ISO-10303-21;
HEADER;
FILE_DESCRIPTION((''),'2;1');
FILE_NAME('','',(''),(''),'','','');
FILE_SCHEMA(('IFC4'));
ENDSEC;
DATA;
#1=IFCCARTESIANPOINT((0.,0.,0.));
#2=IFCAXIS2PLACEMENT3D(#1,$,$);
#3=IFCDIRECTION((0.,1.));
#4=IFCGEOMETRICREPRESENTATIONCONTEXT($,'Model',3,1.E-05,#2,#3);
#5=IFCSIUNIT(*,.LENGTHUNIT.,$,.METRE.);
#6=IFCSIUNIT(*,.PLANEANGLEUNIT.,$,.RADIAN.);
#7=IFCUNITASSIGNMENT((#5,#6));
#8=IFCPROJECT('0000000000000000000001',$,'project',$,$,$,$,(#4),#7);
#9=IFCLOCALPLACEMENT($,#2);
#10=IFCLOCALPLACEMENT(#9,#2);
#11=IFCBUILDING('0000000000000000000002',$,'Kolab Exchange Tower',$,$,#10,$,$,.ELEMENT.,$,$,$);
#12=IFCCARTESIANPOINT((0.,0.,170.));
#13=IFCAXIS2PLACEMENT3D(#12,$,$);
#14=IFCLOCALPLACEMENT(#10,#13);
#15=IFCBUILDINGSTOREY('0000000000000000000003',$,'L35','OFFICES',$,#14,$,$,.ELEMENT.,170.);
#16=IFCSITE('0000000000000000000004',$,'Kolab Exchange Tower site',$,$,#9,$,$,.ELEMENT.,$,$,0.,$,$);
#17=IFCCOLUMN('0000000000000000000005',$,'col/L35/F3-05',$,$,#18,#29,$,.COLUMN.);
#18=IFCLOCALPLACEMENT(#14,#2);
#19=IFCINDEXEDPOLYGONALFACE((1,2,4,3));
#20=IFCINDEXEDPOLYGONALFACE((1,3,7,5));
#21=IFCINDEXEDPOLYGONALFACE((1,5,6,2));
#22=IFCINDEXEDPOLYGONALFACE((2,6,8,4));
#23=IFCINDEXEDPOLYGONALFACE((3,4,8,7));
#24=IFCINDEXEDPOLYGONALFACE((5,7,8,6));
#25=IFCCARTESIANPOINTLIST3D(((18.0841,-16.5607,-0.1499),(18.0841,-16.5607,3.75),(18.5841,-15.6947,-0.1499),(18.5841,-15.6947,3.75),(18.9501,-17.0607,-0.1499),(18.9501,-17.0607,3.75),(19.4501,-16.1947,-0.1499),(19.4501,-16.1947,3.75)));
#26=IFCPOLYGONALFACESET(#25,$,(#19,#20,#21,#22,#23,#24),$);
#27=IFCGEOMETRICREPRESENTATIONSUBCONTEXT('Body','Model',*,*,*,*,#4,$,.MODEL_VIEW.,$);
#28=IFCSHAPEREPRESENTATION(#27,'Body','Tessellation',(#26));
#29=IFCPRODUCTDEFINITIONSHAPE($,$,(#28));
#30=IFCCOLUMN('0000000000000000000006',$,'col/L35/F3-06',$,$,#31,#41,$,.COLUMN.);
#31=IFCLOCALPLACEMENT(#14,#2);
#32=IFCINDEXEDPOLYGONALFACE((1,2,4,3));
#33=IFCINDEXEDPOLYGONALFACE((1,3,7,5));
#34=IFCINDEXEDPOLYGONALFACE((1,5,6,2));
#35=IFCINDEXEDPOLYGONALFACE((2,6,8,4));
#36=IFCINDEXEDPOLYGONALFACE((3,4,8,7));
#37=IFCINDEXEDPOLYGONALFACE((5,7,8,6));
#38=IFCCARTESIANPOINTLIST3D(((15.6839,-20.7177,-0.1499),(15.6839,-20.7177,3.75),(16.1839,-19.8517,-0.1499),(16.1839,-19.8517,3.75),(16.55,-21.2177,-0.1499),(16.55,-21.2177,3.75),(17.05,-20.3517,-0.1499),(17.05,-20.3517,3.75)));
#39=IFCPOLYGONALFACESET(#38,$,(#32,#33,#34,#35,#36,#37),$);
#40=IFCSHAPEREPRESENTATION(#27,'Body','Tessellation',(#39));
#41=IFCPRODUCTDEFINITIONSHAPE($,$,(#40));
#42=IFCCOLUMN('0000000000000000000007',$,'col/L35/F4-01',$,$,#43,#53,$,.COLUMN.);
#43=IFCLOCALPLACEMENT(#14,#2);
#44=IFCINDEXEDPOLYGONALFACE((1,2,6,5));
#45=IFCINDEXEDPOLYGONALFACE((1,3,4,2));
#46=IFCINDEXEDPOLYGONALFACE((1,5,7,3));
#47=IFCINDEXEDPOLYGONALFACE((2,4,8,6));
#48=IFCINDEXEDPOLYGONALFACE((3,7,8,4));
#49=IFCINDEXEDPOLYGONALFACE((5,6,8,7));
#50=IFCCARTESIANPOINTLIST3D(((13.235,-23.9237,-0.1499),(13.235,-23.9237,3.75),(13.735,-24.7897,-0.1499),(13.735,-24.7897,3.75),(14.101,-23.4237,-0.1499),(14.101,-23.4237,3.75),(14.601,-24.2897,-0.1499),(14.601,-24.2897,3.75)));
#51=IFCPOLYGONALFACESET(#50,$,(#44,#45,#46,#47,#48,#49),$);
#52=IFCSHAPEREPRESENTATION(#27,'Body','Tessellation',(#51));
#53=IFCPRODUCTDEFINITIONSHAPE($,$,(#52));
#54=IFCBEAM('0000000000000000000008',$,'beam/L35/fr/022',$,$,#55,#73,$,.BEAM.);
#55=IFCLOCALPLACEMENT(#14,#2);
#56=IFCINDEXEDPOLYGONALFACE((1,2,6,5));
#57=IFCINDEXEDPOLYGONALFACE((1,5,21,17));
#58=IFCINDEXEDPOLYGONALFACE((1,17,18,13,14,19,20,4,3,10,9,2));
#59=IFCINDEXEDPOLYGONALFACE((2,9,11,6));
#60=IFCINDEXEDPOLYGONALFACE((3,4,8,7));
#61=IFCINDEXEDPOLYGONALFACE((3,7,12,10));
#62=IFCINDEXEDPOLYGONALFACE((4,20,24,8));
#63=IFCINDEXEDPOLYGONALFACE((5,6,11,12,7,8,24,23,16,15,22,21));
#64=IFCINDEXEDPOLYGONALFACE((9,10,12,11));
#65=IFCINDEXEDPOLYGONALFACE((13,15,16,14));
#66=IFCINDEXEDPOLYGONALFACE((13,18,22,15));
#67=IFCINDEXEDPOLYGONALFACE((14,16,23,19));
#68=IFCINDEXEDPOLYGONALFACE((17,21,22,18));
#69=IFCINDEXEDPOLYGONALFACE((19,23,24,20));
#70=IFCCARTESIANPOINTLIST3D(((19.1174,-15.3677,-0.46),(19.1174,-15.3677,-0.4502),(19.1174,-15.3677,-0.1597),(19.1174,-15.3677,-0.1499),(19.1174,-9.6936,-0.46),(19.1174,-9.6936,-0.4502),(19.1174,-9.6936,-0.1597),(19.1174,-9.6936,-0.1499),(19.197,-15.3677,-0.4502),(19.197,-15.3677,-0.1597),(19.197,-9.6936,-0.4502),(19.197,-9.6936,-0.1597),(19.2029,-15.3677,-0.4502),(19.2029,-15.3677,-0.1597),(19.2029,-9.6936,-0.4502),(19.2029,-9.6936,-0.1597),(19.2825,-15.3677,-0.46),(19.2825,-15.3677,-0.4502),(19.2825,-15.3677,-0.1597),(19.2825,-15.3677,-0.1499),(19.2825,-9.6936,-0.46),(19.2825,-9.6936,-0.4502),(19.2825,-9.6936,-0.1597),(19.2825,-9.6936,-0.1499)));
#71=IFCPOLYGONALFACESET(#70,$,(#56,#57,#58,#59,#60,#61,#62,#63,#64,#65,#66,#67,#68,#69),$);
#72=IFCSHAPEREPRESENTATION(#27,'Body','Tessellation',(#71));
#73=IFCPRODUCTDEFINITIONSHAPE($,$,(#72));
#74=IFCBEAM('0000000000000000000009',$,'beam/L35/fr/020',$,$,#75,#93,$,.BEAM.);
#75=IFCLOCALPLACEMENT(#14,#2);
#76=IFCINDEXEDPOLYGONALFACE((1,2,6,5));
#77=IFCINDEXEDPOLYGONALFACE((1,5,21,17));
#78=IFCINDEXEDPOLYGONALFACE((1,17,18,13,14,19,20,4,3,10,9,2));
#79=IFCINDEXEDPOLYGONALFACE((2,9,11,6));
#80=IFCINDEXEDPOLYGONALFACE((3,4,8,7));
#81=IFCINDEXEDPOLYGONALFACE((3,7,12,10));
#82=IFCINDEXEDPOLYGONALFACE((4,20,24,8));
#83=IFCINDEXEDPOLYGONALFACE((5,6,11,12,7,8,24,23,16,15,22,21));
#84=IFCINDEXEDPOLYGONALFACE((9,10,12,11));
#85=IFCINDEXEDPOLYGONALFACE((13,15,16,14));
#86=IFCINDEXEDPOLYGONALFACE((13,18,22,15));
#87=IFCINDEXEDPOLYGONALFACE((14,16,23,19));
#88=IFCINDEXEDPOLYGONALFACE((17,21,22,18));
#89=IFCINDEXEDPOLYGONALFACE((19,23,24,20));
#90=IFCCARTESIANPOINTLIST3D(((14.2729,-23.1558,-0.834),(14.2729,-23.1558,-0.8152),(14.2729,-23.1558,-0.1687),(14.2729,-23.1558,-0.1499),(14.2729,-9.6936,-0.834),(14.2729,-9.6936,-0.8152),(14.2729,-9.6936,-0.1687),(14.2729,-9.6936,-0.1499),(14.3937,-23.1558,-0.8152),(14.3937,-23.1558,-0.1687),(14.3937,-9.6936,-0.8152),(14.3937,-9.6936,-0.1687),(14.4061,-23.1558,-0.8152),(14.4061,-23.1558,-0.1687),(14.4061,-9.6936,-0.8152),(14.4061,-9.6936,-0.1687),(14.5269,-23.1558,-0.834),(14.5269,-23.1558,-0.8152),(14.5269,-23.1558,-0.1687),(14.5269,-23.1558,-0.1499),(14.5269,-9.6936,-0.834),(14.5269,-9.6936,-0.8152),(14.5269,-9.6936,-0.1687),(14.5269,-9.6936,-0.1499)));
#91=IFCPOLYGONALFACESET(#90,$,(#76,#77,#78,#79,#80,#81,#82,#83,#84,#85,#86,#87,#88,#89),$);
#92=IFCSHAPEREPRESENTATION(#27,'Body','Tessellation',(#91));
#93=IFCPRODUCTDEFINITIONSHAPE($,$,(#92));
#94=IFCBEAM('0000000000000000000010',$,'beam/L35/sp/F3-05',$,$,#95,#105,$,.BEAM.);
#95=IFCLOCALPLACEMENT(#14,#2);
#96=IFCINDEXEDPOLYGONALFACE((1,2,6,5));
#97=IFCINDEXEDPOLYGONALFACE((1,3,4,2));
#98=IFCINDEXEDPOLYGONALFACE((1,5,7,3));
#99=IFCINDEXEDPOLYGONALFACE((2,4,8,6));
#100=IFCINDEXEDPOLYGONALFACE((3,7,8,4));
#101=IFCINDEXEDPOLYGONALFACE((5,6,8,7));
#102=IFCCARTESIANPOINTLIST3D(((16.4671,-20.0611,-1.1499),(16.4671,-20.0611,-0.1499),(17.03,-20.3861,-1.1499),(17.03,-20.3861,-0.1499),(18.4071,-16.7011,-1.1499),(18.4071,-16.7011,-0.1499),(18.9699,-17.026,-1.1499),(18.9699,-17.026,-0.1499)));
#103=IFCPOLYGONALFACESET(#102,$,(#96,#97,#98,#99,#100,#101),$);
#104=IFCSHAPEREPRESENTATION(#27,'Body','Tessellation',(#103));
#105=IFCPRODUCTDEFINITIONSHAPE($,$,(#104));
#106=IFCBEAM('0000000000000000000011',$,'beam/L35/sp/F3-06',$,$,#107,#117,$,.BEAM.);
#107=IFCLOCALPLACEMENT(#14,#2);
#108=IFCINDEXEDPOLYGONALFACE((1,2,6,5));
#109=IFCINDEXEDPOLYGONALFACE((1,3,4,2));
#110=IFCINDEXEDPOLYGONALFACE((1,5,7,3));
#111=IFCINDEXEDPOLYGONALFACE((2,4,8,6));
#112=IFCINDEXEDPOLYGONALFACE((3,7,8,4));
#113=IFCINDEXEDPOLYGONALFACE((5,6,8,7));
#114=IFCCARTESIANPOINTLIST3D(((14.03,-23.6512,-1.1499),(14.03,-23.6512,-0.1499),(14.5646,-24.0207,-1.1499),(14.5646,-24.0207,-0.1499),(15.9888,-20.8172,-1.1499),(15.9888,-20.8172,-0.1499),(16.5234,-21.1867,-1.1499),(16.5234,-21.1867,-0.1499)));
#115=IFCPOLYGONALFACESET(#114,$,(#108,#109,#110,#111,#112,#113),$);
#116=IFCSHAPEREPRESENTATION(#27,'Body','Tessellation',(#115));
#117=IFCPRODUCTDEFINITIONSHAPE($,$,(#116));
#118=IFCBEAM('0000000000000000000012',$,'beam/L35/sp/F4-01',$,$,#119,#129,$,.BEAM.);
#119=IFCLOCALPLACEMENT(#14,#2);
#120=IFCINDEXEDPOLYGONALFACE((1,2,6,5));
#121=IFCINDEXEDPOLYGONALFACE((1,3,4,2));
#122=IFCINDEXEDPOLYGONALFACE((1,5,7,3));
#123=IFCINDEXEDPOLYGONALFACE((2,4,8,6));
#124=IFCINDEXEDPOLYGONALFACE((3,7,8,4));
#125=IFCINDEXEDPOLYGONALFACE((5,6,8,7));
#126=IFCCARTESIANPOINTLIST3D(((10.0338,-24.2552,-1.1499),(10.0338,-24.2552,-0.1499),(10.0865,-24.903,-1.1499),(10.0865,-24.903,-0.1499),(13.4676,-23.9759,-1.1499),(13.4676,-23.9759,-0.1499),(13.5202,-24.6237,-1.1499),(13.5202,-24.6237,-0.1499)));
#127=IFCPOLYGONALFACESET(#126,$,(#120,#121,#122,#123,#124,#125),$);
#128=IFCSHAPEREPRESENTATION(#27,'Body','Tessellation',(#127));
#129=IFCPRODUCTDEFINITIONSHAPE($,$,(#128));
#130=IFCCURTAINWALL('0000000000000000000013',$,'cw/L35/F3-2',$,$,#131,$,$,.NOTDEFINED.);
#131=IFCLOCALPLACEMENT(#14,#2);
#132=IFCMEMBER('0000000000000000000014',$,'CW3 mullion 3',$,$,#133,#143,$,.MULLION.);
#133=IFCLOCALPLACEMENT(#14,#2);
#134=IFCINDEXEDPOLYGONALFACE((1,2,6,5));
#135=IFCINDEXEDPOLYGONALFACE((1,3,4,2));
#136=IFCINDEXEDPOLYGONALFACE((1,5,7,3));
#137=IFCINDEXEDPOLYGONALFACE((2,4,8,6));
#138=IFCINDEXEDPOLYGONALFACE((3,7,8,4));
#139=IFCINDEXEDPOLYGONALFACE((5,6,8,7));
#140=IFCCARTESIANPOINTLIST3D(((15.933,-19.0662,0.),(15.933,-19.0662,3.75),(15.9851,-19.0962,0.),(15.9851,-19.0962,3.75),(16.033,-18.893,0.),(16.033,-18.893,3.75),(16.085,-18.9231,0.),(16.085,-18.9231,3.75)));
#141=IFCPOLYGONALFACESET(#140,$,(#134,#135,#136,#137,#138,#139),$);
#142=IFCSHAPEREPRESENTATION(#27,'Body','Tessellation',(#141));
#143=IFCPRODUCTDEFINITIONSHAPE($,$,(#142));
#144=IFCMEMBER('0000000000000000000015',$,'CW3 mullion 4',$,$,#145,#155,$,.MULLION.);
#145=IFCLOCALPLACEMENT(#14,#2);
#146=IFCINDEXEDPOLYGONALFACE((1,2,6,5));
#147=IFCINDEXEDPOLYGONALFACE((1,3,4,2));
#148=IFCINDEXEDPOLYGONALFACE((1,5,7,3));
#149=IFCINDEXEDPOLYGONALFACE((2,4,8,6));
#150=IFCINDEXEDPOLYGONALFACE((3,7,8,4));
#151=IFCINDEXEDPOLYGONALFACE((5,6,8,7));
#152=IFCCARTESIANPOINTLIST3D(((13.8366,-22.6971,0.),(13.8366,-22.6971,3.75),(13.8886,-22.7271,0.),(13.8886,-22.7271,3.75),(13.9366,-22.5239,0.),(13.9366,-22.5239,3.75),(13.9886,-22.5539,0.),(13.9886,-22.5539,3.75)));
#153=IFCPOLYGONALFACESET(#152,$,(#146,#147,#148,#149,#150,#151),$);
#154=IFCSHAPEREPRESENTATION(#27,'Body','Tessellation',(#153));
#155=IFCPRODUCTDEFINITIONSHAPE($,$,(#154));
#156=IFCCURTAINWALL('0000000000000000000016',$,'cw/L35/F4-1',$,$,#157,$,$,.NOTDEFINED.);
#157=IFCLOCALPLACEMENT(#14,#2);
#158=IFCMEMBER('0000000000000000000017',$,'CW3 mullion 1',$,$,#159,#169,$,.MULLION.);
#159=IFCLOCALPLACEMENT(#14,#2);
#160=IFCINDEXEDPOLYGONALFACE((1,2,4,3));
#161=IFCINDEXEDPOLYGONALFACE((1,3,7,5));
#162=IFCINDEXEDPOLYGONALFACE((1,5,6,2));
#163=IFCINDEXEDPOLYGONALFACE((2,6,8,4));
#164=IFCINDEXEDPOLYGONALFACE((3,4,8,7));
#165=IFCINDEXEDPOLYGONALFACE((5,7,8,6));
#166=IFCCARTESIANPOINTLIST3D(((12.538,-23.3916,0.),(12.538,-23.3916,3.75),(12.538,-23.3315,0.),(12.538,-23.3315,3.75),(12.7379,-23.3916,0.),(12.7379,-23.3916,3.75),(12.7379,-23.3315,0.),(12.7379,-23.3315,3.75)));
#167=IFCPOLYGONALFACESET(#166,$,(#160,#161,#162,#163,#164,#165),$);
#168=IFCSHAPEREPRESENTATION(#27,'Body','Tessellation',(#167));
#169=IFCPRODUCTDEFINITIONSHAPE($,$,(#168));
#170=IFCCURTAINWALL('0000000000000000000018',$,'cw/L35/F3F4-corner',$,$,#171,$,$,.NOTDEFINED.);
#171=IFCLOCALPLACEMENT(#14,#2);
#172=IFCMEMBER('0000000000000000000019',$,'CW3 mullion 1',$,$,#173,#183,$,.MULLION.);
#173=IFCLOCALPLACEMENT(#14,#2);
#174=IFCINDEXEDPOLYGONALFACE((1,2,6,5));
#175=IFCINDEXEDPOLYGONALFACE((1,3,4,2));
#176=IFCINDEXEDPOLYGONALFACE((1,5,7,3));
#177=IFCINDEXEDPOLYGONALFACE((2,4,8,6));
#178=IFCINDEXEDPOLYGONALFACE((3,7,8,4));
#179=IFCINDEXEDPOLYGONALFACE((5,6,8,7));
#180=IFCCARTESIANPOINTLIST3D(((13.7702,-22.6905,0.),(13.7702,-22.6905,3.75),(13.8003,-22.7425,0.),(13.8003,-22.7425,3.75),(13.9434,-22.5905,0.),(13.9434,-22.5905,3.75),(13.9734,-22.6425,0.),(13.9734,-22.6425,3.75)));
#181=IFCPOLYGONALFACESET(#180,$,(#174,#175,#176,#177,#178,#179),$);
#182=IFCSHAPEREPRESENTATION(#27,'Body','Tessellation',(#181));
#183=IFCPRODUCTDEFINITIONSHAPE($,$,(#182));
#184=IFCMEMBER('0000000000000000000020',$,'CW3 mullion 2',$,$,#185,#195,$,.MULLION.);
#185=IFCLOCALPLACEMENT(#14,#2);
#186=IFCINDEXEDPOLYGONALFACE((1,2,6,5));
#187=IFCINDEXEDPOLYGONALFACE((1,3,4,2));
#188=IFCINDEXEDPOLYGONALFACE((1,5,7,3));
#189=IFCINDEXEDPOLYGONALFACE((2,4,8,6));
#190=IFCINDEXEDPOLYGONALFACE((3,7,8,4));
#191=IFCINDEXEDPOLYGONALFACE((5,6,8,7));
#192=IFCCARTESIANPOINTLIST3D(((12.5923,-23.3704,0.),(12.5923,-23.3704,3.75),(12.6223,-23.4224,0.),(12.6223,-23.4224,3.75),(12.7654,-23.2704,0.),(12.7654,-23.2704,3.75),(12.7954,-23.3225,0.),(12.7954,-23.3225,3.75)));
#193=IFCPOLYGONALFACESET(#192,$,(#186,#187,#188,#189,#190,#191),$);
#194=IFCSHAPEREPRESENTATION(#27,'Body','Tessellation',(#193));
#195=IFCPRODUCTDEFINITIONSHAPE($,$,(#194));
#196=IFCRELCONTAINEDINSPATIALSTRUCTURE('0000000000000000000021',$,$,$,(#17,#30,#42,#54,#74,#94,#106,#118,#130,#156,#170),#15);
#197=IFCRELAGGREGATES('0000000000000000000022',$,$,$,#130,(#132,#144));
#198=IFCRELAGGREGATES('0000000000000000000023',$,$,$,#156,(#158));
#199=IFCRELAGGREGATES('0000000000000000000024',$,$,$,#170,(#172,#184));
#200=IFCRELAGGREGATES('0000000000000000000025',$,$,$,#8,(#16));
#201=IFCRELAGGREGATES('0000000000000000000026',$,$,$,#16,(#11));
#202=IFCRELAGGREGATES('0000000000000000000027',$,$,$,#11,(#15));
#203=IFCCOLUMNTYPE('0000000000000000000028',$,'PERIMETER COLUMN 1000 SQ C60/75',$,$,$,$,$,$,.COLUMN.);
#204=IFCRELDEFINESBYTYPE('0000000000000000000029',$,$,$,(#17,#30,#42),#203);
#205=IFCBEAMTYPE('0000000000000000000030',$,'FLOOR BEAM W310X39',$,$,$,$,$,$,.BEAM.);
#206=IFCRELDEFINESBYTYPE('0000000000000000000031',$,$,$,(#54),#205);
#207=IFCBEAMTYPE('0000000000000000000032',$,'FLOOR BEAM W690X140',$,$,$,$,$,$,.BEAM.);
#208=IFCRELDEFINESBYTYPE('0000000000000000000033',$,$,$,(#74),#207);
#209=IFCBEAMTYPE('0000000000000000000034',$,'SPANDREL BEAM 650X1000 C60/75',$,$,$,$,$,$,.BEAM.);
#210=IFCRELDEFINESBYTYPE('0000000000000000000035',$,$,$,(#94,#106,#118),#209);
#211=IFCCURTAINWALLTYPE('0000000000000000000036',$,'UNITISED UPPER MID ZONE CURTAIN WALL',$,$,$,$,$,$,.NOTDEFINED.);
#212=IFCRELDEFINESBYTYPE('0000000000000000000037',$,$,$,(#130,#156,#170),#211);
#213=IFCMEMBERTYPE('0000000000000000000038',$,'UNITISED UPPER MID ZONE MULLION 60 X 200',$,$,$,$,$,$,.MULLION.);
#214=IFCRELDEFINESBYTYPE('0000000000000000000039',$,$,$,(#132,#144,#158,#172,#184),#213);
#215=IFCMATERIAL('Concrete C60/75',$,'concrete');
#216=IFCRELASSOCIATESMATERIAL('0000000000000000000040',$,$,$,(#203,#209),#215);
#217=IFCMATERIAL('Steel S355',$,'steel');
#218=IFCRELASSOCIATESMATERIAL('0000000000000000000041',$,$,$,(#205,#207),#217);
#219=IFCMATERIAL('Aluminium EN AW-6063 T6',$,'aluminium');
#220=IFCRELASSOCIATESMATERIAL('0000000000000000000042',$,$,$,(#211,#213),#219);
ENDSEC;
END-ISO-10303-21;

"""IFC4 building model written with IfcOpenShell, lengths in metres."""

from ifc_helpers import new_model, si_unit, direction, frame, origin, origin_2d, place, context, subcontext, project, spatial, rectangle, i_section, extrude, material, material_profile, profile_set, type_object, element, aggregate, save


model = new_model("IFC4")

# Units and contexts
model_context = context("Model", 3, precision=1e-05, world=origin(), true_north=direction((0.0, 1.0)))
body_context = subcontext(model_context, "Body", "Model", "MODEL_VIEW")
ifc_project = project(units=[si_unit("LENGTHUNIT", "METRE"), si_unit("PLANEANGLEUNIT", "RADIAN")], contexts=[model_context])

# Site, building, storey
site_placement = place(None, origin())
site = spatial("IfcSite", under=ifc_project, at=site_placement, Name="Kolab Exchange Tower site", CompositionType="ELEMENT", RefElevation=0.0)
building_placement = place(site_placement, origin())
building = spatial("IfcBuilding", under=site, at=building_placement, Name="Kolab Exchange Tower", CompositionType="ELEMENT")
storey_placement = place(building_placement, frame((0.0, 0.0, 170.0)))
storey = spatial("IfcBuildingStorey", under=building, at=storey_placement, Name="L35", Description="OFFICES", CompositionType="ELEMENT", Elevation=170.0)

# Columns
ifc_material_1 = material(Name="Concrete C60/75", Category="concrete")
ifc_material_profile_1 = material_profile(ifc_material_1, rectangle(XDim=1.0, YDim=1.0, at=origin_2d()), Name="RC1000")
ifc_profile_set_1 = profile_set([ifc_material_profile_1], Name="Concrete C60/75")
column_type = type_object("IfcColumnType", Name="PERIMETER COLUMN 1000 SQ C60/75", PredefinedType="COLUMN", material=ifc_profile_set_1)
for number, where, z_axis, x_axis, name in (
    (1, (18.7671, -16.3777, -0.1499), (0.0, 0.0, 1.0), (0.5, 0.866025, 0.0), "col/L35/F3-05"),
    (2, (16.3669, -20.5347, -0.1499), (0.0, 0.0, 1.0), (0.5, 0.866025, 0.0), "col/L35/F3-06"),
    (3, (13.918, -24.1067, -0.1499), (0.0, 0.0, 1.0), (0.866025, 0.5, 0.0), "col/L35/F4-01"),
):
    element("IfcColumn", number, at=place(storey_placement, frame(where, z_axis=z_axis, x_axis=x_axis)), inside=storey, type_object=column_type, Name=name, PredefinedType="COLUMN", context=body_context, shape_type="SweptSolid", body=[
        extrude(rectangle(XDim=1.0, YDim=1.0, at=origin_2d()), origin(), (0.0, 0.0, 1.0), 3.8999),
    ])

# Beams
ifc_material_2 = material(Name="Steel S355", Category="steel")
ifc_material_profile_2 = material_profile(ifc_material_2, i_section(OverallWidth=0.165, OverallDepth=0.3101, WebThickness=0.0059, FlangeThickness=0.0098, at=origin_2d()), Name="W310X39")
ifc_profile_set_2 = profile_set([ifc_material_profile_2], Name="Steel S355")
beam_type_1 = type_object("IfcBeamType", Name="FLOOR BEAM W310X39", PredefinedType="BEAM", material=ifc_profile_set_2)
beam_1_placement = place(storey_placement, frame((19.2, -15.3677, -0.3049), z_axis=(0.0, 1.0, 0.0), x_axis=(-1.0, 0.0, 0.0)))
element("IfcBeam", 4, at=beam_1_placement, inside=storey, type_object=beam_type_1, Name="beam/L35/fr/022", PredefinedType="BEAM", context=body_context, shape_type="SweptSolid", body=[
    extrude(i_section(OverallWidth=0.165, OverallDepth=0.3101, WebThickness=0.0059, FlangeThickness=0.0098, at=origin_2d()), origin(), (0.0, 0.0, 1.0), 5.6741),
])
ifc_material_profile_3 = material_profile(ifc_material_2, i_section(OverallWidth=0.2539, OverallDepth=0.6841, WebThickness=0.0125, FlangeThickness=0.0188, at=origin_2d()), Name="W690X140")
ifc_profile_set_3 = profile_set([ifc_material_profile_3], Name="Steel S355")
beam_type_2 = type_object("IfcBeamType", Name="FLOOR BEAM W690X140", PredefinedType="BEAM", material=ifc_profile_set_3)
beam_2_placement = place(storey_placement, frame((14.3999, -23.1558, -0.4919), z_axis=(0.0, 1.0, 0.0), x_axis=(-1.0, 0.0, 0.0)))
element("IfcBeam", 5, at=beam_2_placement, inside=storey, type_object=beam_type_2, Name="beam/L35/fr/020", PredefinedType="BEAM", context=body_context, shape_type="SweptSolid", body=[
    extrude(i_section(OverallWidth=0.2539, OverallDepth=0.6841, WebThickness=0.0125, FlangeThickness=0.0188, at=origin_2d()), origin(), (0.0, 0.0, 1.0), 13.4622),
])
ifc_material_profile_4 = material_profile(ifc_material_1, rectangle(XDim=0.6499, YDim=1.0, at=origin_2d()), Name="RC650X1000")
ifc_profile_set_4 = profile_set([ifc_material_profile_4], Name="Concrete C60/75")
beam_type_3 = type_object("IfcBeamType", Name="SPANDREL BEAM 650X1000 C60/75", PredefinedType="BEAM", material=ifc_profile_set_4)
beam_3_placement = place(storey_placement, frame((18.6885, -16.8635, -0.6499), z_axis=(-0.499997, -0.866027, 0.0), x_axis=(0.866027, -0.499997, 0.0)))
element("IfcBeam", 6, at=beam_3_placement, inside=storey, type_object=beam_type_3, Name="beam/L35/sp/F3-05", PredefinedType="BEAM", context=body_context, shape_type="SweptSolid", body=[
    extrude(rectangle(XDim=0.6499, YDim=1.0, at=origin_2d()), origin(), (0.0, 0.0, 1.0), 3.8799),
])
for number, where, z_axis, x_axis, name in (
    (7, (16.2561, -21.002, -0.6499), (-0.568572, -0.822633, 0.0), (0.822633, -0.568572, 0.0), "beam/L35/sp/F3-06"),
    (8, (13.4939, -24.2998, -0.6499), (-0.996708, -0.081069, 0.0), (0.081069, -0.996708, 0.0), "beam/L35/sp/F4-01"),
):
    element("IfcBeam", number, at=place(storey_placement, frame(where, z_axis=z_axis, x_axis=x_axis)), inside=storey, type_object=beam_type_3, Name=name, PredefinedType="BEAM", context=body_context, shape_type="SweptSolid", body=[
        extrude(rectangle(XDim=0.6499, YDim=1.0, at=origin_2d()), origin(), (0.0, 0.0, 1.0), 3.4451),
    ])

# Curtain wall, members
ifc_material_3 = material(Name="Aluminium EN AW-6063 T6", Category="aluminium")
curtain_wall_type = type_object("IfcCurtainWallType", Name="UNITISED UPPER MID ZONE CURTAIN WALL", PredefinedType="NOTDEFINED", material=ifc_material_3)
curtain_wall_1_placement = place(storey_placement, origin())
curtain_wall_1 = element("IfcCurtainWall", 9, at=curtain_wall_1_placement, inside=storey, type_object=curtain_wall_type, Name="cw/L35/F3-2", PredefinedType="NOTDEFINED")
ifc_material_profile_5 = material_profile(ifc_material_3, rectangle(XDim=0.0601, YDim=0.2, at=origin_2d()), Name="RECT 60X200")
ifc_profile_set_5 = profile_set([ifc_material_profile_5], Name="Aluminium EN AW-6063 T6")
member_type_1 = type_object("IfcMemberType", Name="UNITISED UPPER MID ZONE MULLION 60 X 200", PredefinedType="MULLION", material=ifc_profile_set_5)
member_1_placement = place(storey_placement, frame((16.009, -18.9946, 0.0), z_axis=(0.0, 0.0, 1.0), x_axis=(0.866025, -0.5, 0.0)))
member_1 = element("IfcMember", 10, at=member_1_placement, type_object=member_type_1, Name="CW3 mullion 3", PredefinedType="MULLION", context=body_context, shape_type="SweptSolid", body=[
    extrude(rectangle(XDim=0.0601, YDim=0.2, at=origin_2d()), origin(), (0.0, 0.0, 1.0), 3.75),
])
member_2_placement = place(storey_placement, frame((13.9126, -22.6255, 0.0), z_axis=(0.0, 0.0, 1.0), x_axis=(0.866025, -0.5, 0.0)))
member_2 = element("IfcMember", 11, at=member_2_placement, type_object=member_type_1, Name="CW3 mullion 4", PredefinedType="MULLION", context=body_context, shape_type="SweptSolid", body=[
    extrude(rectangle(XDim=0.0601, YDim=0.2, at=origin_2d()), origin(), (0.0, 0.0, 1.0), 3.75),
])

# Curtain wall, member
curtain_wall_2_placement = place(storey_placement, origin())
curtain_wall_2 = element("IfcCurtainWall", 12, at=curtain_wall_2_placement, inside=storey, type_object=curtain_wall_type, Name="cw/L35/F4-1", PredefinedType="NOTDEFINED")
member_3_placement = place(storey_placement, frame((12.6379, -23.3616, 0.0), z_axis=(0.0, 0.0, 1.0), x_axis=(0.0, -1.0, 0.0)))
member_3 = element("IfcMember", 13, at=member_3_placement, type_object=member_type_1, Name="CW3 mullion 1", PredefinedType="MULLION", context=body_context, shape_type="SweptSolid", body=[
    extrude(rectangle(XDim=0.0601, YDim=0.2, at=origin_2d()), origin(), (0.0, 0.0, 1.0), 3.75),
])

# Curtain wall, members
curtain_wall_3_placement = place(storey_placement, origin())
curtain_wall_3 = element("IfcCurtainWall", 14, at=curtain_wall_3_placement, inside=storey, type_object=curtain_wall_type, Name="cw/L35/F3F4-corner", PredefinedType="NOTDEFINED")
member_4_placement = place(storey_placement, frame((13.8718, -22.6665, 0.0), z_axis=(0.0, 0.0, 1.0), x_axis=(0.5, -0.866025, 0.0)))
member_4 = element("IfcMember", 15, at=member_4_placement, type_object=member_type_1, Name="CW3 mullion 1", PredefinedType="MULLION", context=body_context, shape_type="SweptSolid", body=[
    extrude(rectangle(XDim=0.0601, YDim=0.2, at=origin_2d()), origin(), (0.0, 0.0, 1.0), 3.75),
])
member_5_placement = place(storey_placement, frame((12.6938, -23.3464, 0.0), z_axis=(0.0, 0.0, 1.0), x_axis=(0.5, -0.866025, 0.0)))
member_5 = element("IfcMember", 16, at=member_5_placement, type_object=member_type_1, Name="CW3 mullion 2", PredefinedType="MULLION", context=body_context, shape_type="SweptSolid", body=[
    extrude(rectangle(XDim=0.0601, YDim=0.2, at=origin_2d()), origin(), (0.0, 0.0, 1.0), 3.75),
])

aggregate(curtain_wall_1, [member_1, member_2])
aggregate(curtain_wall_2, [member_3])
aggregate(curtain_wall_3, [member_4, member_5])

save(model, "model.ifc")
